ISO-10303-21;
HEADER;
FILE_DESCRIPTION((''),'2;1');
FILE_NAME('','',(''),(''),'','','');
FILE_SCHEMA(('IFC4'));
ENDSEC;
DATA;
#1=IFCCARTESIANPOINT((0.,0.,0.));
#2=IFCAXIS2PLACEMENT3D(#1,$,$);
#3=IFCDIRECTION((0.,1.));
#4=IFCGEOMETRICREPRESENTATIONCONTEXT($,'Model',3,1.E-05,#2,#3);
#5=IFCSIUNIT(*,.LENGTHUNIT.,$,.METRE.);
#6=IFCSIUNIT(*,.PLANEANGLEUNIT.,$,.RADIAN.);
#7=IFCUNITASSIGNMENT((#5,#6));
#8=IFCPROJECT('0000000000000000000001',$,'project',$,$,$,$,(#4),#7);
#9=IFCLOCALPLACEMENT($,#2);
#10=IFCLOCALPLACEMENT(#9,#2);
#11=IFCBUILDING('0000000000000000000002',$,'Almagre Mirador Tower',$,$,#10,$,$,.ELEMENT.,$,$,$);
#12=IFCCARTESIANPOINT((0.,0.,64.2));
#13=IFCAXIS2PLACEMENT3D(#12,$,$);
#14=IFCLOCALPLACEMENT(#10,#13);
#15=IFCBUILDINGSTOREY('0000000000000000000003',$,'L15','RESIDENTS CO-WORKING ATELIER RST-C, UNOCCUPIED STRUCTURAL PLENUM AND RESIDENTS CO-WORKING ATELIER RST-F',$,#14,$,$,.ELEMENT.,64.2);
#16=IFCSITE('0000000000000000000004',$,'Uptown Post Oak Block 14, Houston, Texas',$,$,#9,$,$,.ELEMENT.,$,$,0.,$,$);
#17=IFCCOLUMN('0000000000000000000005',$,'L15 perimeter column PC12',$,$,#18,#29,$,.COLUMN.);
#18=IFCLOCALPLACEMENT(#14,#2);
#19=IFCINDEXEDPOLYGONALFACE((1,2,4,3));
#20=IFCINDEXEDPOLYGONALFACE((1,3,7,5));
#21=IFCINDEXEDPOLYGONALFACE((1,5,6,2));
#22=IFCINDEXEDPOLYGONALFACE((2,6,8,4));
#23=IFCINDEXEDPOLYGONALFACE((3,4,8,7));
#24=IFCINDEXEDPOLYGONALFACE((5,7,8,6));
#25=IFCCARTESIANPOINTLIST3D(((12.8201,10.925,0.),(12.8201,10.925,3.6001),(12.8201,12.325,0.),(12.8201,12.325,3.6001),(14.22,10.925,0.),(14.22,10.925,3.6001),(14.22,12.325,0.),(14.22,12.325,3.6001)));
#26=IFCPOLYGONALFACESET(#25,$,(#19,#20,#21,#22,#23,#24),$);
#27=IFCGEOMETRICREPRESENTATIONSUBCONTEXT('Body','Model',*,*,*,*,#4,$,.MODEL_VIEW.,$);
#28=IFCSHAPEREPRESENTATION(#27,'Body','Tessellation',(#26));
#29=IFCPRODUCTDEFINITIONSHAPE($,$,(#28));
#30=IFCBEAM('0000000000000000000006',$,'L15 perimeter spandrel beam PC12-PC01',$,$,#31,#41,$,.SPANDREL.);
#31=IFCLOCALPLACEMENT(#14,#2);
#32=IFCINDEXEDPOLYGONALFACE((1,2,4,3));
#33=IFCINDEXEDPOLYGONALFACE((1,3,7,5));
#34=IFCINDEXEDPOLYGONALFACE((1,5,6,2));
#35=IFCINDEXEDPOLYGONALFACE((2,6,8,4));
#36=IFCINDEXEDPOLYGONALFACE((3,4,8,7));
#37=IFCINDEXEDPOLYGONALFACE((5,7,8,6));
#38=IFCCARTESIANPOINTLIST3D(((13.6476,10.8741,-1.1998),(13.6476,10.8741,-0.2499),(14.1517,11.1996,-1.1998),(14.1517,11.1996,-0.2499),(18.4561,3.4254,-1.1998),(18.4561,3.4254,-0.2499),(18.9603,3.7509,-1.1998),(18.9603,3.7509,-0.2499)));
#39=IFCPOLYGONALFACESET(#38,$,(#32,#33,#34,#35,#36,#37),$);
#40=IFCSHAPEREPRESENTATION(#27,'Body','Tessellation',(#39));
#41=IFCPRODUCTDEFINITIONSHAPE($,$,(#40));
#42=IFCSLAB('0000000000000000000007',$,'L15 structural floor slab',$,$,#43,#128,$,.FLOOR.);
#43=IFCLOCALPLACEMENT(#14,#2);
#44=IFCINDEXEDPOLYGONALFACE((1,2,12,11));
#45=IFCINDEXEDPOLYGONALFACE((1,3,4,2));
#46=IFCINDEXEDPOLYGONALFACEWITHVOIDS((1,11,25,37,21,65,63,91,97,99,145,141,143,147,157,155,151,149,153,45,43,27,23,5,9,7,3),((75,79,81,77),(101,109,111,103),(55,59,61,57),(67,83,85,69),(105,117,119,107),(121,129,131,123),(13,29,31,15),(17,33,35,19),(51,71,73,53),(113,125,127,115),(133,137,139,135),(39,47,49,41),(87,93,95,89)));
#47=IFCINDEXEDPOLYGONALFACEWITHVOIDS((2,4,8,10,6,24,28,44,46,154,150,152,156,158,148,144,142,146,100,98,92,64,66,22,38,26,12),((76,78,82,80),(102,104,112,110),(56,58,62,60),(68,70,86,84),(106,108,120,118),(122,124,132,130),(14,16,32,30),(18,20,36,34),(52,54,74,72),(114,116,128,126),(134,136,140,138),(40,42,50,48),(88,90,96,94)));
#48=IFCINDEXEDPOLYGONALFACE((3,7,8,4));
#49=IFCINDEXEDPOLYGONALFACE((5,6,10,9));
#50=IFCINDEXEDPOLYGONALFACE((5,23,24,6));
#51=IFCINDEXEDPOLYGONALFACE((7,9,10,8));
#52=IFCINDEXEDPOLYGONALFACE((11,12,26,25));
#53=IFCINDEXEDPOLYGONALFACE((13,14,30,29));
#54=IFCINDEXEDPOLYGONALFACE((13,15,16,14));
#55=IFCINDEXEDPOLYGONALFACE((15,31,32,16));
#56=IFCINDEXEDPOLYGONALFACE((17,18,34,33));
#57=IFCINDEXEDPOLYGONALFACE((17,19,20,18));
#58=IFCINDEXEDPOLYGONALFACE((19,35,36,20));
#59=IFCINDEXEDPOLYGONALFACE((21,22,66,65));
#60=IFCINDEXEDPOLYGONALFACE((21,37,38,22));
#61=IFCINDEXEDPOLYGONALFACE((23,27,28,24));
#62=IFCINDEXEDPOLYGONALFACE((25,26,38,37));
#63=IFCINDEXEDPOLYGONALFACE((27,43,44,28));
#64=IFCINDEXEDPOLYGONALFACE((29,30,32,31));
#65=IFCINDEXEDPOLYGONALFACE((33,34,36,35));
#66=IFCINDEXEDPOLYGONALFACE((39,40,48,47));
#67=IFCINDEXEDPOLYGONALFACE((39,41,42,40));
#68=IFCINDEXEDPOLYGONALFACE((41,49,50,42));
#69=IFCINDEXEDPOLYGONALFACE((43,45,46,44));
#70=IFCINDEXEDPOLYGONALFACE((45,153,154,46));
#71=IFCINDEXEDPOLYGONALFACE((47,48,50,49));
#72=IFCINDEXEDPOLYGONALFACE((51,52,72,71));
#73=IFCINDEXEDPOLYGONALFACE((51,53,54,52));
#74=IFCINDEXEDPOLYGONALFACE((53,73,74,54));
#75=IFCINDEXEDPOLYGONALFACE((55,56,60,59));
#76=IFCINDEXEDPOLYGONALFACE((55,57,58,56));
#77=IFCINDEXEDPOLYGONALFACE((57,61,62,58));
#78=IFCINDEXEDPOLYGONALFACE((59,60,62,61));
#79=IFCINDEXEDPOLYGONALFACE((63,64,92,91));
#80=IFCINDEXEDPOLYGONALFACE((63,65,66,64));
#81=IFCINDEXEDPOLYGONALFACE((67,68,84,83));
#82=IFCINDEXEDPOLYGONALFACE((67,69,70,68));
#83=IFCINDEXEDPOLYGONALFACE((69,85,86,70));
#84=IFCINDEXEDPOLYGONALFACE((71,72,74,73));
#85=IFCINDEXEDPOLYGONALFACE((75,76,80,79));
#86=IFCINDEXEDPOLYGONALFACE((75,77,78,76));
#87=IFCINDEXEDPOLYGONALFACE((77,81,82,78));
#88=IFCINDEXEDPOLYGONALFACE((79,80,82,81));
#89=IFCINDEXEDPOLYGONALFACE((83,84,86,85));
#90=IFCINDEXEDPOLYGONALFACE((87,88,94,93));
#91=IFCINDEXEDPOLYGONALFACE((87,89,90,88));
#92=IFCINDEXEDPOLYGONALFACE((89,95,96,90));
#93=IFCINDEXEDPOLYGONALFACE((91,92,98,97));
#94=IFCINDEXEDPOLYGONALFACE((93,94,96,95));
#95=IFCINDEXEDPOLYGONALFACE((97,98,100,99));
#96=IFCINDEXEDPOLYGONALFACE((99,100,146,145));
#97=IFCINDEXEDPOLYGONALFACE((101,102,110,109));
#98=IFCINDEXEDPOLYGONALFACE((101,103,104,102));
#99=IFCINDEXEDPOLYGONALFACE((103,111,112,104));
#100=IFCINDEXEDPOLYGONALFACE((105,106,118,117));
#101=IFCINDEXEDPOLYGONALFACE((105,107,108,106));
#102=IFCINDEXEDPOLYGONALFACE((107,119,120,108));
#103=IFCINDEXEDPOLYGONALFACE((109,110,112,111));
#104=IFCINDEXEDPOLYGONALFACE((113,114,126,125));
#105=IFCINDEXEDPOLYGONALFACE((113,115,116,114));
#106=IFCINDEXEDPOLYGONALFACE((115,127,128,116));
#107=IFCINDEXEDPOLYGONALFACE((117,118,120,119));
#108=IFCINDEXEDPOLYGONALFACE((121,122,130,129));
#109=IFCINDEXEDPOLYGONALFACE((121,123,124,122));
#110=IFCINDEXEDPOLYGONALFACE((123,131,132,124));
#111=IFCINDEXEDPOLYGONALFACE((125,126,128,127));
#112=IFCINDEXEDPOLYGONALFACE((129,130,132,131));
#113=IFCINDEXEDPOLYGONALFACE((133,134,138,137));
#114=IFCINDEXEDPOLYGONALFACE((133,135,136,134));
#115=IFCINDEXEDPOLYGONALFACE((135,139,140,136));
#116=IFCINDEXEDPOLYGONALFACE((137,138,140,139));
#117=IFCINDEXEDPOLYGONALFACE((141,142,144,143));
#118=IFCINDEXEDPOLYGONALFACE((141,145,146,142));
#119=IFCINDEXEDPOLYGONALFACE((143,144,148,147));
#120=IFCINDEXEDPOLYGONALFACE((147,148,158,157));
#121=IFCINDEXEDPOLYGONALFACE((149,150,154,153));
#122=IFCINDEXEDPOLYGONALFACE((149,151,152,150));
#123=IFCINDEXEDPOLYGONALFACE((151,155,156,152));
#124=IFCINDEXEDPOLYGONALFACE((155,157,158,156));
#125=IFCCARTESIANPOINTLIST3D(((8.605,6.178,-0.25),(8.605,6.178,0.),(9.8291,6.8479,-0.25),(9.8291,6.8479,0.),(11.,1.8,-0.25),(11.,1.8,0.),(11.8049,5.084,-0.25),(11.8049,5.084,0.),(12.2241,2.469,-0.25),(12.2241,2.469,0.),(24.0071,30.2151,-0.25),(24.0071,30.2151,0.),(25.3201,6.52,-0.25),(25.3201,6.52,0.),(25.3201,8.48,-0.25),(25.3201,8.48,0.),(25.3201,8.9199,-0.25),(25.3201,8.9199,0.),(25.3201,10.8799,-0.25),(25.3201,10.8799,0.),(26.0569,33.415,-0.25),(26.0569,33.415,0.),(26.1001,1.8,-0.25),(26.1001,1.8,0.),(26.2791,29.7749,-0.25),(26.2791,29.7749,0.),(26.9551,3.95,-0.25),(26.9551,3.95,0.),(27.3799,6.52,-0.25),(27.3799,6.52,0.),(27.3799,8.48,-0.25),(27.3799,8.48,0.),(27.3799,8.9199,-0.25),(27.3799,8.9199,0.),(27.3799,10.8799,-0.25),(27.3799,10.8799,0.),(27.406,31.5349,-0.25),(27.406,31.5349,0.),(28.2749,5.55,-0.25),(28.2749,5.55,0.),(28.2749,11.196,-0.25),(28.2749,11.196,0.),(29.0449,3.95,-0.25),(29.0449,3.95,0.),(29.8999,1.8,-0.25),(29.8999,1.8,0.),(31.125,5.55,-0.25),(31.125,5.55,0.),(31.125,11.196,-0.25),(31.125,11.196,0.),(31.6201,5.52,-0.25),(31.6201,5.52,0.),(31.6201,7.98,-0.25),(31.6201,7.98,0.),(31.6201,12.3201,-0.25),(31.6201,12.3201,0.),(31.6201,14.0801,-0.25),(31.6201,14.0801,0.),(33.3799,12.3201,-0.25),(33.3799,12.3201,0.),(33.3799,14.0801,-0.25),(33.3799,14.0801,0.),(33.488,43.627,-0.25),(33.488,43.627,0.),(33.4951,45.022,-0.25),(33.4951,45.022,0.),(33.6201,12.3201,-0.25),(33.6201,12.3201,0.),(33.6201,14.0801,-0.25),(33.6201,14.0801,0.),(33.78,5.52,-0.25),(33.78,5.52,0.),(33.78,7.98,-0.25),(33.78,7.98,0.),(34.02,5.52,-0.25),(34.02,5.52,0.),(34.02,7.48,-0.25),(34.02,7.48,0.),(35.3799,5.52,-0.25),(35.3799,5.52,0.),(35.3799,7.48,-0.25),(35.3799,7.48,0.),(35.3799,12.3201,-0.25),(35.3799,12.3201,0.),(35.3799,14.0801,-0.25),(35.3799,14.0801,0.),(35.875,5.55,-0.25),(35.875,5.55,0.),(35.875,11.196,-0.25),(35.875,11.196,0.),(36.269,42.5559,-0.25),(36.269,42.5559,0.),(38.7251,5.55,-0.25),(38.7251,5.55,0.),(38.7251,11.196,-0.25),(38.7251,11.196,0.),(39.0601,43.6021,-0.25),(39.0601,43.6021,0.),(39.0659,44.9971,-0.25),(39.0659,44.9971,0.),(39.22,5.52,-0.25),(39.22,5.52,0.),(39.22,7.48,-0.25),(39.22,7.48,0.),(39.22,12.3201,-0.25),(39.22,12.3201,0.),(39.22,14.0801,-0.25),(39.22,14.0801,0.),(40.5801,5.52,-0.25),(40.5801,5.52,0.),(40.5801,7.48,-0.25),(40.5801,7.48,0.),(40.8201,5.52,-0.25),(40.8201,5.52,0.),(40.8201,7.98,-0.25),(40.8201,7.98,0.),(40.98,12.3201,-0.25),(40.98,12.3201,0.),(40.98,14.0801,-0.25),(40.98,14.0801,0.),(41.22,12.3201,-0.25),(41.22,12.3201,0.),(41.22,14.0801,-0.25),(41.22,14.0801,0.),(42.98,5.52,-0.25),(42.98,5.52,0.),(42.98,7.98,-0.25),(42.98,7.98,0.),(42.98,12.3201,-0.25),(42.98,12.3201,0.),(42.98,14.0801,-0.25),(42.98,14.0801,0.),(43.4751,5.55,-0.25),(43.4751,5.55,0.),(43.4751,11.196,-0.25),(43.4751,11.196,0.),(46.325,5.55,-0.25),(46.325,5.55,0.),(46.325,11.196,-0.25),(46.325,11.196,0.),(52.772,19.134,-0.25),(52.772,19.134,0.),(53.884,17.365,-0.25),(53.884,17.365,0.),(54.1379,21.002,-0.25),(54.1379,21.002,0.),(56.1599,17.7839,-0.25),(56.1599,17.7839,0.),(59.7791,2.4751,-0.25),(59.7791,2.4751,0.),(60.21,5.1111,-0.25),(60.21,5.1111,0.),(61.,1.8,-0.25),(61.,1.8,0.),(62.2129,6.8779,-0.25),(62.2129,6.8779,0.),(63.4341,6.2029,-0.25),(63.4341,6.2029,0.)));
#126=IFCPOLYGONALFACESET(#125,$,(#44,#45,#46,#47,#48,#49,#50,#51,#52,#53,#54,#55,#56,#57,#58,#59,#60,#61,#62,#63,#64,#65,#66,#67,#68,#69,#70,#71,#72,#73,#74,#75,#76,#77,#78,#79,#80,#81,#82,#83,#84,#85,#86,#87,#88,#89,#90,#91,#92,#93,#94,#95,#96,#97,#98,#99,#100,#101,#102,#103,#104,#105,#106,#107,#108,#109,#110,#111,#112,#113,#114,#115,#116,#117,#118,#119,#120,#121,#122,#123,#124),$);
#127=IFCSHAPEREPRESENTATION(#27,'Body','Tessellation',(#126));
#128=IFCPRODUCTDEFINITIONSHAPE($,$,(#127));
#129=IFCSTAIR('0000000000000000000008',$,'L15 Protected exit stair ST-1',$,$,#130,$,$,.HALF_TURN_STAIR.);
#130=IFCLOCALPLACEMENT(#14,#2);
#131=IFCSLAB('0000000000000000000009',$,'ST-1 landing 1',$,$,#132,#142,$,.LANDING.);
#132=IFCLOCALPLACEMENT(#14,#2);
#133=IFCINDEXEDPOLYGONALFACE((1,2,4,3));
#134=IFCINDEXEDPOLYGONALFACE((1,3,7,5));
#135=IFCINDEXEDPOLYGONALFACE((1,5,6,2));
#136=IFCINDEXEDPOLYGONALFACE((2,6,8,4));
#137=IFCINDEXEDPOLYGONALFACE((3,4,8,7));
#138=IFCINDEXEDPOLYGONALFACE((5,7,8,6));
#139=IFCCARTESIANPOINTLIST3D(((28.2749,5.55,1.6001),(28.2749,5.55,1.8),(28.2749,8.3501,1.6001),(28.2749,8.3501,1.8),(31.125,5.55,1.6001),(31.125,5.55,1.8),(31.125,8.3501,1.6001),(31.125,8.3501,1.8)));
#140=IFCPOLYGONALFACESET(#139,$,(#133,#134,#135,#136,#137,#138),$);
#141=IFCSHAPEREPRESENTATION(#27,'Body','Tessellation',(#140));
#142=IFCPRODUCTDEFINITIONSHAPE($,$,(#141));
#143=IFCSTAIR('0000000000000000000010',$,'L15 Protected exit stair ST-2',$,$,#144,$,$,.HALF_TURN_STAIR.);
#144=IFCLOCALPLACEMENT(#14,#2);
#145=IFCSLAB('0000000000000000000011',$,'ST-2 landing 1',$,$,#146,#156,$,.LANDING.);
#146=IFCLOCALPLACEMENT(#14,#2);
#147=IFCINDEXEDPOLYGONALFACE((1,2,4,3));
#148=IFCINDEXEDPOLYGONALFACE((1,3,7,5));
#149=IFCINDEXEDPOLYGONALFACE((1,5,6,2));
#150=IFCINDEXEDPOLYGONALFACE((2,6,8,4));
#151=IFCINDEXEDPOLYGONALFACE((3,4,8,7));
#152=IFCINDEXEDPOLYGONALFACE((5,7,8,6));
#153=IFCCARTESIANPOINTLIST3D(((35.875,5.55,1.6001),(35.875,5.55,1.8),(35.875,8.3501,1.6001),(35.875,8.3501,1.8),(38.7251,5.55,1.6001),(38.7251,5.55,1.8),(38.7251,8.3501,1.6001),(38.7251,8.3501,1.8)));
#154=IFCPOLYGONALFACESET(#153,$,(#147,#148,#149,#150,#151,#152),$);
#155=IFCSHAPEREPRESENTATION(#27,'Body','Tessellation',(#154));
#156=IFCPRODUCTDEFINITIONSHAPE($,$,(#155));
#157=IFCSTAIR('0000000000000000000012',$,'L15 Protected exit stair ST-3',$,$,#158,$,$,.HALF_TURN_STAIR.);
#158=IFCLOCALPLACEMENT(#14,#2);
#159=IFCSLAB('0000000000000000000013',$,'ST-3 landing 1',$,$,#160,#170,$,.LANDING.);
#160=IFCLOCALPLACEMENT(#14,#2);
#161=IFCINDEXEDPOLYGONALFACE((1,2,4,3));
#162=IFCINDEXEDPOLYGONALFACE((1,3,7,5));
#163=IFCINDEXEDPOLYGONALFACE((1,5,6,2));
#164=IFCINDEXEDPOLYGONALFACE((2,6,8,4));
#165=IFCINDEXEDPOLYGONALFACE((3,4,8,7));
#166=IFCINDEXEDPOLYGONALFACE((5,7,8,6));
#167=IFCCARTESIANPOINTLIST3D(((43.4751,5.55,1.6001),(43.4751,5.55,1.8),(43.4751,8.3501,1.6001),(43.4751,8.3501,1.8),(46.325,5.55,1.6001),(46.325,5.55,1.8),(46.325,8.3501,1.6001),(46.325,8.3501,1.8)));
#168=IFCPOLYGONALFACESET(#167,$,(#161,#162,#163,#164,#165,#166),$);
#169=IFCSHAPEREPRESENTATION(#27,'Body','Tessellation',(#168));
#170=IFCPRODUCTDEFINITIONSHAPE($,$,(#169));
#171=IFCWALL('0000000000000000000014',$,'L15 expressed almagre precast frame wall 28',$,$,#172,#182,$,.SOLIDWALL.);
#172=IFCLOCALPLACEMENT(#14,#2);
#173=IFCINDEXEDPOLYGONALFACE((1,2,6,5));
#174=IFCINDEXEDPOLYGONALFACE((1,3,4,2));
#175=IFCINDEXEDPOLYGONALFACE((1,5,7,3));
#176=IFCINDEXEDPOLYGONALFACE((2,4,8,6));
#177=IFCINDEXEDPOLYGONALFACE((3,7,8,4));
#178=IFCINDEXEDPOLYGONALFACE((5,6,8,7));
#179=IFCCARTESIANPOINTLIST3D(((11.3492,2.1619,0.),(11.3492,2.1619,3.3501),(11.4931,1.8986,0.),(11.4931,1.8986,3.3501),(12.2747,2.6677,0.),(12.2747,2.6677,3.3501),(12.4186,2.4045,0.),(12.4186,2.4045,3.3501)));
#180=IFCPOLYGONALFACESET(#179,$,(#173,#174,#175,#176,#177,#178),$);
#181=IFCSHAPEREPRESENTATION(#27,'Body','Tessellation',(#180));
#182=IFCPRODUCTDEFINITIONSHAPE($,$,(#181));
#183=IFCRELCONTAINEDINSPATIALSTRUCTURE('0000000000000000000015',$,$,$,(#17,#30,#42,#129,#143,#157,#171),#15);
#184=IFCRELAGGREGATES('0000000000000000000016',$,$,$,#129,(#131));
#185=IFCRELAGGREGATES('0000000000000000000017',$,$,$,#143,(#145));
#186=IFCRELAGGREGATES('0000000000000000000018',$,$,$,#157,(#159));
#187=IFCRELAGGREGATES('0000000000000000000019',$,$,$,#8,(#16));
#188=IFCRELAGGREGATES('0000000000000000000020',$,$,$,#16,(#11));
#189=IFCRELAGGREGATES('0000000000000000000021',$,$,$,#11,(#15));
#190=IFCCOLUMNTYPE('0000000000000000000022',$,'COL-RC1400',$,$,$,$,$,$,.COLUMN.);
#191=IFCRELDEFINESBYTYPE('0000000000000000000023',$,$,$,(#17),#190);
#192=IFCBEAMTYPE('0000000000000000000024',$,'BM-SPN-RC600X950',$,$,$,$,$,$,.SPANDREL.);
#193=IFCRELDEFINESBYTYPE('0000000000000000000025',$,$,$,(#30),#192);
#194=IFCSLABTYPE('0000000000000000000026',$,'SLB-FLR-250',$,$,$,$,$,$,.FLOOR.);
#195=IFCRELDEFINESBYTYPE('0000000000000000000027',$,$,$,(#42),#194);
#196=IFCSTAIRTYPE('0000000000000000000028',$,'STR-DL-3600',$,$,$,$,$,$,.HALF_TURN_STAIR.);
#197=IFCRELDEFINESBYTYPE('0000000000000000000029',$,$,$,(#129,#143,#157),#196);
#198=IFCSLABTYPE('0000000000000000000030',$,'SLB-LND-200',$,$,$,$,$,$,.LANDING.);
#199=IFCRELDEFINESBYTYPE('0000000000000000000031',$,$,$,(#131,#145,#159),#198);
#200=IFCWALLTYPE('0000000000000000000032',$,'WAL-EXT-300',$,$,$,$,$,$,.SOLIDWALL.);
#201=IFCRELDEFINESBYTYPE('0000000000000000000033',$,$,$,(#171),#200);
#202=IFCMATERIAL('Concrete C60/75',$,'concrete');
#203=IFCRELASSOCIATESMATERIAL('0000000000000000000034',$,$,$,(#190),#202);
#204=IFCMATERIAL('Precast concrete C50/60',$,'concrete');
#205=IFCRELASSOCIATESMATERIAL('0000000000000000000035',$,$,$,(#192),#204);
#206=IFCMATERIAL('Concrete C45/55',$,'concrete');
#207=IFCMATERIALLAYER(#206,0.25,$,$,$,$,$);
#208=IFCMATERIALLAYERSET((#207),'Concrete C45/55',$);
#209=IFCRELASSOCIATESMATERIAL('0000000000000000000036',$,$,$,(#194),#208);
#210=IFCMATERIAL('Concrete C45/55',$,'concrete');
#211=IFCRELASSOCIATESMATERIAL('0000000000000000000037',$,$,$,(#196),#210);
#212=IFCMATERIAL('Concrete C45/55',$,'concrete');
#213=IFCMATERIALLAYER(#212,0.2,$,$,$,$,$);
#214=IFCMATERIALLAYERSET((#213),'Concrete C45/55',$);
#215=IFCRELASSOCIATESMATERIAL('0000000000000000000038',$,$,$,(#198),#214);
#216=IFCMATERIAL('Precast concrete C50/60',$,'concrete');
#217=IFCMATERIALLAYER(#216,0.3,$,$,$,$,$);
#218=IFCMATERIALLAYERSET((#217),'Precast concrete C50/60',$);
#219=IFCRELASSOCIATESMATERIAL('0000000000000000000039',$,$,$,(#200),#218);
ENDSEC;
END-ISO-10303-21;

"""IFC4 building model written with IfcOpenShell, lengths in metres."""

from ifc_helpers import new_model, si_unit, direction, frame, frame_2d, origin, origin_2d, place, context, subcontext, project, spatial, polyline, rectangle, outline, extrude, material, layer, layer_set, material_profile, profile_set, type_object, element, aggregate, save


model = new_model("IFC4")

# Units and contexts
model_context = context("Model", 3, precision=1e-05, world=origin(), true_north=direction((0.0, 1.0)))
body_context = subcontext(model_context, "Body", "Model", "MODEL_VIEW")
ifc_project = project(units=[si_unit("LENGTHUNIT", "METRE"), si_unit("PLANEANGLEUNIT", "RADIAN")], contexts=[model_context])

# Site, building, storey
site_placement = place(None, origin())
site = spatial("IfcSite", under=ifc_project, at=site_placement, Name="Uptown Post Oak Block 14, Houston, Texas", CompositionType="ELEMENT", RefElevation=0.0)
building_placement = place(site_placement, origin())
building = spatial("IfcBuilding", under=site, at=building_placement, Name="Almagre Mirador Tower", CompositionType="ELEMENT")
storey_placement = place(building_placement, frame((0.0, 0.0, 64.2)))
storey = spatial("IfcBuildingStorey", under=building, at=storey_placement, Name="L15", Description="RESIDENTS CO-WORKING ATELIER RST-C, UNOCCUPIED STRUCTURAL PLENUM AND RESIDENTS CO-WORKING ATELIER RST-F", CompositionType="ELEMENT", Elevation=64.2)

# Column
ifc_material_1 = material(Name="Concrete C60/75", Category="concrete")
ifc_material_profile_1 = material_profile(ifc_material_1, rectangle(XDim=1.3999, YDim=1.3999, at=origin_2d()), Name="RC1400X1400")
ifc_profile_set_1 = profile_set([ifc_material_profile_1], Name="Concrete C60/75")
column_type = type_object("IfcColumnType", Name="COL-RC1400", PredefinedType="COLUMN", material=ifc_profile_set_1)
column_placement = place(storey_placement, frame((13.52, 11.625, 0.0), z_axis=(0.0, 0.0, 1.0), x_axis=(1.0, 0.0, 0.0)))
element("IfcColumn", 1, at=column_placement, inside=storey, type_object=column_type, Name="L15 perimeter column PC12", PredefinedType="COLUMN", context=body_context, shape_type="SweptSolid", body=[
    extrude(rectangle(XDim=1.3999, YDim=1.3999, at=origin_2d()), origin(), (0.0, 0.0, 1.0), 3.6001),
])

# Beam
ifc_material_2 = material(Name="Precast concrete C50/60", Category="concrete")
ifc_material_profile_2 = material_profile(ifc_material_2, rectangle(XDim=0.6001, YDim=0.95, at=origin_2d()), Name="RC600X950")
ifc_profile_set_2 = profile_set([ifc_material_profile_2], Name="Precast concrete C50/60")
beam_type = type_object("IfcBeamType", Name="BM-SPN-RC600X950", PredefinedType="SPANDREL", material=ifc_profile_set_2)
beam_placement = place(storey_placement, frame((13.8997, 11.0369, -0.7249), z_axis=(0.542363, -0.840144, 0.0), x_axis=(0.840144, 0.542363, 0.0)))
element("IfcBeam", 2, at=beam_placement, inside=storey, type_object=beam_type, Name="L15 perimeter spandrel beam PC12-PC01", PredefinedType="SPANDREL", context=body_context, shape_type="SweptSolid", body=[
    extrude(rectangle(XDim=0.6001, YDim=0.95, at=origin_2d()), origin(), (0.0, 0.0, 1.0), 8.866),
])

# Slab
ifc_material_3 = material(Name="Concrete C45/55", Category="concrete")
ifc_layer_1 = layer(ifc_material_3, 0.25)
ifc_layer_set_1 = layer_set([ifc_layer_1], Name="Concrete C45/55")
slab_type_1 = type_object("IfcSlabType", Name="SLB-FLR-250", PredefinedType="FLOOR", material=ifc_layer_set_1)
slab_1_placement = place(storey_placement, frame((0.0, 0.0, -0.25)))
element("IfcSlab", 3, at=slab_1_placement, inside=storey, type_object=slab_type_1, Name="L15 structural floor slab", PredefinedType="FLOOR", context=body_context, shape_type="SweptSolid", body=[
    extrude(outline(polyline([(8.605, 6.178), (9.8291, 6.8479), (11.8049, 5.084), (12.2241, 2.469), (11.0, 1.8), (26.1001, 1.8), (26.9551, 3.95), (29.0449, 3.95), (29.8999, 1.8), (61.0, 1.8), (59.7791, 2.4751), (60.21, 5.1111), (62.2129, 6.8779), (63.4341, 6.2029), (56.1599, 17.7839), (53.884, 17.365), (52.772, 19.134), (54.1379, 21.002), (39.0659, 44.9971), (39.0601, 43.6021), (36.269, 42.5559), (33.488, 43.627), (33.4951, 45.022), (26.0569, 33.415), (27.406, 31.5349), (26.2791, 29.7749), (24.0071, 30.2151), (8.605, 6.178)]), holes=[polyline([(43.4751, 11.196), (46.325, 11.196), (46.325, 5.55), (43.4751, 5.55), (43.4751, 11.196)]), polyline([(40.8201, 5.52), (40.8201, 7.98), (42.98, 7.98), (42.98, 5.52), (40.8201, 5.52)]), polyline([(41.22, 12.3201), (41.22, 14.0801), (42.98, 14.0801), (42.98, 12.3201), (41.22, 12.3201)]), polyline([(39.22, 12.3201), (39.22, 14.0801), (40.98, 14.0801), (40.98, 12.3201), (39.22, 12.3201)]), polyline([(39.22, 5.52), (39.22, 7.48), (40.5801, 7.48), (40.5801, 5.52), (39.22, 5.52)]), polyline([(35.875, 11.196), (38.7251, 11.196), (38.7251, 5.55), (35.875, 5.55), (35.875, 11.196)]), polyline([(35.3799, 5.52), (34.02, 5.52), (34.02, 7.48), (35.3799, 7.48), (35.3799, 5.52)]), polyline([(35.3799, 12.3201), (33.6201, 12.3201), (33.6201, 14.0801), (35.3799, 14.0801), (35.3799, 12.3201)]), polyline([(31.6201, 5.52), (31.6201, 7.98), (33.78, 7.98), (33.78, 5.52), (31.6201, 5.52)]), polyline([(31.6201, 12.3201), (31.6201, 14.0801), (33.3799, 14.0801), (33.3799, 12.3201), (31.6201, 12.3201)]), polyline([(28.2749, 5.55), (28.2749, 11.196), (31.125, 11.196), (31.125, 5.55), (28.2749, 5.55)]), polyline([(25.3201, 6.52), (25.3201, 8.48), (27.3799, 8.48), (27.3799, 6.52), (25.3201, 6.52)]), polyline([(25.3201, 8.9199), (25.3201, 10.8799), (27.3799, 10.8799), (27.3799, 8.9199), (25.3201, 8.9199)])]), origin(), (0.0, 0.0, 1.0), 0.25),
])

# Stairs, slabs
ifc_material_4 = material(Name="Concrete C45/55", Category="concrete")
stair_type = type_object("IfcStairType", Name="STR-DL-3600", PredefinedType="HALF_TURN_STAIR", material=ifc_material_4)
stair_1_placement = place(storey_placement, origin())
stair_1 = element("IfcStair", 4, at=stair_1_placement, inside=storey, type_object=stair_type, Name="L15 Protected exit stair ST-1", PredefinedType="HALF_TURN_STAIR")
ifc_material_5 = material(Name="Concrete C45/55", Category="concrete")
ifc_layer_2 = layer(ifc_material_5, 0.2)
ifc_layer_set_2 = layer_set([ifc_layer_2], Name="Concrete C45/55")
slab_type_2 = type_object("IfcSlabType", Name="SLB-LND-200", PredefinedType="LANDING", material=ifc_layer_set_2)
slab_2_placement = place(storey_placement, frame((0.0, 0.0, 1.6001)))
slab_2 = element("IfcSlab", 5, at=slab_2_placement, type_object=slab_type_2, Name="ST-1 landing 1", PredefinedType="LANDING", context=body_context, shape_type="SweptSolid", body=[
    extrude(outline(polyline([(28.2749, 8.3501), (28.2749, 5.55), (31.125, 5.55), (31.125, 8.3501), (28.2749, 8.3501)])), origin(), (0.0, 0.0, 1.0), 0.2),
])
aggregate(stair_1, [slab_2])
stair_2_placement = place(storey_placement, origin())
stair_2 = element("IfcStair", 6, at=stair_2_placement, inside=storey, type_object=stair_type, Name="L15 Protected exit stair ST-2", PredefinedType="HALF_TURN_STAIR")
slab_3_placement = place(storey_placement, frame((0.0, 0.0, 1.6001)))
slab_3 = element("IfcSlab", 7, at=slab_3_placement, type_object=slab_type_2, Name="ST-2 landing 1", PredefinedType="LANDING", context=body_context, shape_type="SweptSolid", body=[
    extrude(outline(polyline([(35.875, 8.3501), (35.875, 5.55), (38.7251, 5.55), (38.7251, 8.3501), (35.875, 8.3501)])), origin(), (0.0, 0.0, 1.0), 0.2),
])
aggregate(stair_2, [slab_3])
stair_3_placement = place(storey_placement, origin())
stair_3 = element("IfcStair", 8, at=stair_3_placement, inside=storey, type_object=stair_type, Name="L15 Protected exit stair ST-3", PredefinedType="HALF_TURN_STAIR")
slab_4_placement = place(storey_placement, frame((0.0, 0.0, 1.6001)))
slab_4 = element("IfcSlab", 9, at=slab_4_placement, type_object=slab_type_2, Name="ST-3 landing 1", PredefinedType="LANDING", context=body_context, shape_type="SweptSolid", body=[
    extrude(outline(polyline([(43.4751, 8.3501), (43.4751, 5.55), (46.325, 5.55), (46.325, 8.3501), (43.4751, 8.3501)])), origin(), (0.0, 0.0, 1.0), 0.2),
])
aggregate(stair_3, [slab_4])

# Wall
ifc_material_6 = material(Name="Precast concrete C50/60", Category="concrete")
ifc_layer_3 = layer(ifc_material_6, 0.3)
ifc_layer_set_3 = layer_set([ifc_layer_3], Name="Precast concrete C50/60")
wall_type_1 = type_object("IfcWallType", Name="WAL-EXT-300", PredefinedType="SOLIDWALL", material=ifc_layer_set_3)
wall_1_placement = place(storey_placement, frame((11.4211, 2.0303, 0.0), z_axis=(0.0, 0.0, 1.0), x_axis=(0.877488, 0.479598, 0.0)))
element("IfcWall", 10, at=wall_1_placement, inside=storey, type_object=wall_type_1, Name="L15 expressed almagre precast frame wall 28", PredefinedType="SOLIDWALL", context=body_context, shape_type="SweptSolid", body=[
    extrude(rectangle(XDim=1.0547, YDim=0.3, at=frame_2d((0.5273, 0.0))), origin(), (0.0, 0.0, 1.0), 3.3501),
])

save(model, "model.ifc")
